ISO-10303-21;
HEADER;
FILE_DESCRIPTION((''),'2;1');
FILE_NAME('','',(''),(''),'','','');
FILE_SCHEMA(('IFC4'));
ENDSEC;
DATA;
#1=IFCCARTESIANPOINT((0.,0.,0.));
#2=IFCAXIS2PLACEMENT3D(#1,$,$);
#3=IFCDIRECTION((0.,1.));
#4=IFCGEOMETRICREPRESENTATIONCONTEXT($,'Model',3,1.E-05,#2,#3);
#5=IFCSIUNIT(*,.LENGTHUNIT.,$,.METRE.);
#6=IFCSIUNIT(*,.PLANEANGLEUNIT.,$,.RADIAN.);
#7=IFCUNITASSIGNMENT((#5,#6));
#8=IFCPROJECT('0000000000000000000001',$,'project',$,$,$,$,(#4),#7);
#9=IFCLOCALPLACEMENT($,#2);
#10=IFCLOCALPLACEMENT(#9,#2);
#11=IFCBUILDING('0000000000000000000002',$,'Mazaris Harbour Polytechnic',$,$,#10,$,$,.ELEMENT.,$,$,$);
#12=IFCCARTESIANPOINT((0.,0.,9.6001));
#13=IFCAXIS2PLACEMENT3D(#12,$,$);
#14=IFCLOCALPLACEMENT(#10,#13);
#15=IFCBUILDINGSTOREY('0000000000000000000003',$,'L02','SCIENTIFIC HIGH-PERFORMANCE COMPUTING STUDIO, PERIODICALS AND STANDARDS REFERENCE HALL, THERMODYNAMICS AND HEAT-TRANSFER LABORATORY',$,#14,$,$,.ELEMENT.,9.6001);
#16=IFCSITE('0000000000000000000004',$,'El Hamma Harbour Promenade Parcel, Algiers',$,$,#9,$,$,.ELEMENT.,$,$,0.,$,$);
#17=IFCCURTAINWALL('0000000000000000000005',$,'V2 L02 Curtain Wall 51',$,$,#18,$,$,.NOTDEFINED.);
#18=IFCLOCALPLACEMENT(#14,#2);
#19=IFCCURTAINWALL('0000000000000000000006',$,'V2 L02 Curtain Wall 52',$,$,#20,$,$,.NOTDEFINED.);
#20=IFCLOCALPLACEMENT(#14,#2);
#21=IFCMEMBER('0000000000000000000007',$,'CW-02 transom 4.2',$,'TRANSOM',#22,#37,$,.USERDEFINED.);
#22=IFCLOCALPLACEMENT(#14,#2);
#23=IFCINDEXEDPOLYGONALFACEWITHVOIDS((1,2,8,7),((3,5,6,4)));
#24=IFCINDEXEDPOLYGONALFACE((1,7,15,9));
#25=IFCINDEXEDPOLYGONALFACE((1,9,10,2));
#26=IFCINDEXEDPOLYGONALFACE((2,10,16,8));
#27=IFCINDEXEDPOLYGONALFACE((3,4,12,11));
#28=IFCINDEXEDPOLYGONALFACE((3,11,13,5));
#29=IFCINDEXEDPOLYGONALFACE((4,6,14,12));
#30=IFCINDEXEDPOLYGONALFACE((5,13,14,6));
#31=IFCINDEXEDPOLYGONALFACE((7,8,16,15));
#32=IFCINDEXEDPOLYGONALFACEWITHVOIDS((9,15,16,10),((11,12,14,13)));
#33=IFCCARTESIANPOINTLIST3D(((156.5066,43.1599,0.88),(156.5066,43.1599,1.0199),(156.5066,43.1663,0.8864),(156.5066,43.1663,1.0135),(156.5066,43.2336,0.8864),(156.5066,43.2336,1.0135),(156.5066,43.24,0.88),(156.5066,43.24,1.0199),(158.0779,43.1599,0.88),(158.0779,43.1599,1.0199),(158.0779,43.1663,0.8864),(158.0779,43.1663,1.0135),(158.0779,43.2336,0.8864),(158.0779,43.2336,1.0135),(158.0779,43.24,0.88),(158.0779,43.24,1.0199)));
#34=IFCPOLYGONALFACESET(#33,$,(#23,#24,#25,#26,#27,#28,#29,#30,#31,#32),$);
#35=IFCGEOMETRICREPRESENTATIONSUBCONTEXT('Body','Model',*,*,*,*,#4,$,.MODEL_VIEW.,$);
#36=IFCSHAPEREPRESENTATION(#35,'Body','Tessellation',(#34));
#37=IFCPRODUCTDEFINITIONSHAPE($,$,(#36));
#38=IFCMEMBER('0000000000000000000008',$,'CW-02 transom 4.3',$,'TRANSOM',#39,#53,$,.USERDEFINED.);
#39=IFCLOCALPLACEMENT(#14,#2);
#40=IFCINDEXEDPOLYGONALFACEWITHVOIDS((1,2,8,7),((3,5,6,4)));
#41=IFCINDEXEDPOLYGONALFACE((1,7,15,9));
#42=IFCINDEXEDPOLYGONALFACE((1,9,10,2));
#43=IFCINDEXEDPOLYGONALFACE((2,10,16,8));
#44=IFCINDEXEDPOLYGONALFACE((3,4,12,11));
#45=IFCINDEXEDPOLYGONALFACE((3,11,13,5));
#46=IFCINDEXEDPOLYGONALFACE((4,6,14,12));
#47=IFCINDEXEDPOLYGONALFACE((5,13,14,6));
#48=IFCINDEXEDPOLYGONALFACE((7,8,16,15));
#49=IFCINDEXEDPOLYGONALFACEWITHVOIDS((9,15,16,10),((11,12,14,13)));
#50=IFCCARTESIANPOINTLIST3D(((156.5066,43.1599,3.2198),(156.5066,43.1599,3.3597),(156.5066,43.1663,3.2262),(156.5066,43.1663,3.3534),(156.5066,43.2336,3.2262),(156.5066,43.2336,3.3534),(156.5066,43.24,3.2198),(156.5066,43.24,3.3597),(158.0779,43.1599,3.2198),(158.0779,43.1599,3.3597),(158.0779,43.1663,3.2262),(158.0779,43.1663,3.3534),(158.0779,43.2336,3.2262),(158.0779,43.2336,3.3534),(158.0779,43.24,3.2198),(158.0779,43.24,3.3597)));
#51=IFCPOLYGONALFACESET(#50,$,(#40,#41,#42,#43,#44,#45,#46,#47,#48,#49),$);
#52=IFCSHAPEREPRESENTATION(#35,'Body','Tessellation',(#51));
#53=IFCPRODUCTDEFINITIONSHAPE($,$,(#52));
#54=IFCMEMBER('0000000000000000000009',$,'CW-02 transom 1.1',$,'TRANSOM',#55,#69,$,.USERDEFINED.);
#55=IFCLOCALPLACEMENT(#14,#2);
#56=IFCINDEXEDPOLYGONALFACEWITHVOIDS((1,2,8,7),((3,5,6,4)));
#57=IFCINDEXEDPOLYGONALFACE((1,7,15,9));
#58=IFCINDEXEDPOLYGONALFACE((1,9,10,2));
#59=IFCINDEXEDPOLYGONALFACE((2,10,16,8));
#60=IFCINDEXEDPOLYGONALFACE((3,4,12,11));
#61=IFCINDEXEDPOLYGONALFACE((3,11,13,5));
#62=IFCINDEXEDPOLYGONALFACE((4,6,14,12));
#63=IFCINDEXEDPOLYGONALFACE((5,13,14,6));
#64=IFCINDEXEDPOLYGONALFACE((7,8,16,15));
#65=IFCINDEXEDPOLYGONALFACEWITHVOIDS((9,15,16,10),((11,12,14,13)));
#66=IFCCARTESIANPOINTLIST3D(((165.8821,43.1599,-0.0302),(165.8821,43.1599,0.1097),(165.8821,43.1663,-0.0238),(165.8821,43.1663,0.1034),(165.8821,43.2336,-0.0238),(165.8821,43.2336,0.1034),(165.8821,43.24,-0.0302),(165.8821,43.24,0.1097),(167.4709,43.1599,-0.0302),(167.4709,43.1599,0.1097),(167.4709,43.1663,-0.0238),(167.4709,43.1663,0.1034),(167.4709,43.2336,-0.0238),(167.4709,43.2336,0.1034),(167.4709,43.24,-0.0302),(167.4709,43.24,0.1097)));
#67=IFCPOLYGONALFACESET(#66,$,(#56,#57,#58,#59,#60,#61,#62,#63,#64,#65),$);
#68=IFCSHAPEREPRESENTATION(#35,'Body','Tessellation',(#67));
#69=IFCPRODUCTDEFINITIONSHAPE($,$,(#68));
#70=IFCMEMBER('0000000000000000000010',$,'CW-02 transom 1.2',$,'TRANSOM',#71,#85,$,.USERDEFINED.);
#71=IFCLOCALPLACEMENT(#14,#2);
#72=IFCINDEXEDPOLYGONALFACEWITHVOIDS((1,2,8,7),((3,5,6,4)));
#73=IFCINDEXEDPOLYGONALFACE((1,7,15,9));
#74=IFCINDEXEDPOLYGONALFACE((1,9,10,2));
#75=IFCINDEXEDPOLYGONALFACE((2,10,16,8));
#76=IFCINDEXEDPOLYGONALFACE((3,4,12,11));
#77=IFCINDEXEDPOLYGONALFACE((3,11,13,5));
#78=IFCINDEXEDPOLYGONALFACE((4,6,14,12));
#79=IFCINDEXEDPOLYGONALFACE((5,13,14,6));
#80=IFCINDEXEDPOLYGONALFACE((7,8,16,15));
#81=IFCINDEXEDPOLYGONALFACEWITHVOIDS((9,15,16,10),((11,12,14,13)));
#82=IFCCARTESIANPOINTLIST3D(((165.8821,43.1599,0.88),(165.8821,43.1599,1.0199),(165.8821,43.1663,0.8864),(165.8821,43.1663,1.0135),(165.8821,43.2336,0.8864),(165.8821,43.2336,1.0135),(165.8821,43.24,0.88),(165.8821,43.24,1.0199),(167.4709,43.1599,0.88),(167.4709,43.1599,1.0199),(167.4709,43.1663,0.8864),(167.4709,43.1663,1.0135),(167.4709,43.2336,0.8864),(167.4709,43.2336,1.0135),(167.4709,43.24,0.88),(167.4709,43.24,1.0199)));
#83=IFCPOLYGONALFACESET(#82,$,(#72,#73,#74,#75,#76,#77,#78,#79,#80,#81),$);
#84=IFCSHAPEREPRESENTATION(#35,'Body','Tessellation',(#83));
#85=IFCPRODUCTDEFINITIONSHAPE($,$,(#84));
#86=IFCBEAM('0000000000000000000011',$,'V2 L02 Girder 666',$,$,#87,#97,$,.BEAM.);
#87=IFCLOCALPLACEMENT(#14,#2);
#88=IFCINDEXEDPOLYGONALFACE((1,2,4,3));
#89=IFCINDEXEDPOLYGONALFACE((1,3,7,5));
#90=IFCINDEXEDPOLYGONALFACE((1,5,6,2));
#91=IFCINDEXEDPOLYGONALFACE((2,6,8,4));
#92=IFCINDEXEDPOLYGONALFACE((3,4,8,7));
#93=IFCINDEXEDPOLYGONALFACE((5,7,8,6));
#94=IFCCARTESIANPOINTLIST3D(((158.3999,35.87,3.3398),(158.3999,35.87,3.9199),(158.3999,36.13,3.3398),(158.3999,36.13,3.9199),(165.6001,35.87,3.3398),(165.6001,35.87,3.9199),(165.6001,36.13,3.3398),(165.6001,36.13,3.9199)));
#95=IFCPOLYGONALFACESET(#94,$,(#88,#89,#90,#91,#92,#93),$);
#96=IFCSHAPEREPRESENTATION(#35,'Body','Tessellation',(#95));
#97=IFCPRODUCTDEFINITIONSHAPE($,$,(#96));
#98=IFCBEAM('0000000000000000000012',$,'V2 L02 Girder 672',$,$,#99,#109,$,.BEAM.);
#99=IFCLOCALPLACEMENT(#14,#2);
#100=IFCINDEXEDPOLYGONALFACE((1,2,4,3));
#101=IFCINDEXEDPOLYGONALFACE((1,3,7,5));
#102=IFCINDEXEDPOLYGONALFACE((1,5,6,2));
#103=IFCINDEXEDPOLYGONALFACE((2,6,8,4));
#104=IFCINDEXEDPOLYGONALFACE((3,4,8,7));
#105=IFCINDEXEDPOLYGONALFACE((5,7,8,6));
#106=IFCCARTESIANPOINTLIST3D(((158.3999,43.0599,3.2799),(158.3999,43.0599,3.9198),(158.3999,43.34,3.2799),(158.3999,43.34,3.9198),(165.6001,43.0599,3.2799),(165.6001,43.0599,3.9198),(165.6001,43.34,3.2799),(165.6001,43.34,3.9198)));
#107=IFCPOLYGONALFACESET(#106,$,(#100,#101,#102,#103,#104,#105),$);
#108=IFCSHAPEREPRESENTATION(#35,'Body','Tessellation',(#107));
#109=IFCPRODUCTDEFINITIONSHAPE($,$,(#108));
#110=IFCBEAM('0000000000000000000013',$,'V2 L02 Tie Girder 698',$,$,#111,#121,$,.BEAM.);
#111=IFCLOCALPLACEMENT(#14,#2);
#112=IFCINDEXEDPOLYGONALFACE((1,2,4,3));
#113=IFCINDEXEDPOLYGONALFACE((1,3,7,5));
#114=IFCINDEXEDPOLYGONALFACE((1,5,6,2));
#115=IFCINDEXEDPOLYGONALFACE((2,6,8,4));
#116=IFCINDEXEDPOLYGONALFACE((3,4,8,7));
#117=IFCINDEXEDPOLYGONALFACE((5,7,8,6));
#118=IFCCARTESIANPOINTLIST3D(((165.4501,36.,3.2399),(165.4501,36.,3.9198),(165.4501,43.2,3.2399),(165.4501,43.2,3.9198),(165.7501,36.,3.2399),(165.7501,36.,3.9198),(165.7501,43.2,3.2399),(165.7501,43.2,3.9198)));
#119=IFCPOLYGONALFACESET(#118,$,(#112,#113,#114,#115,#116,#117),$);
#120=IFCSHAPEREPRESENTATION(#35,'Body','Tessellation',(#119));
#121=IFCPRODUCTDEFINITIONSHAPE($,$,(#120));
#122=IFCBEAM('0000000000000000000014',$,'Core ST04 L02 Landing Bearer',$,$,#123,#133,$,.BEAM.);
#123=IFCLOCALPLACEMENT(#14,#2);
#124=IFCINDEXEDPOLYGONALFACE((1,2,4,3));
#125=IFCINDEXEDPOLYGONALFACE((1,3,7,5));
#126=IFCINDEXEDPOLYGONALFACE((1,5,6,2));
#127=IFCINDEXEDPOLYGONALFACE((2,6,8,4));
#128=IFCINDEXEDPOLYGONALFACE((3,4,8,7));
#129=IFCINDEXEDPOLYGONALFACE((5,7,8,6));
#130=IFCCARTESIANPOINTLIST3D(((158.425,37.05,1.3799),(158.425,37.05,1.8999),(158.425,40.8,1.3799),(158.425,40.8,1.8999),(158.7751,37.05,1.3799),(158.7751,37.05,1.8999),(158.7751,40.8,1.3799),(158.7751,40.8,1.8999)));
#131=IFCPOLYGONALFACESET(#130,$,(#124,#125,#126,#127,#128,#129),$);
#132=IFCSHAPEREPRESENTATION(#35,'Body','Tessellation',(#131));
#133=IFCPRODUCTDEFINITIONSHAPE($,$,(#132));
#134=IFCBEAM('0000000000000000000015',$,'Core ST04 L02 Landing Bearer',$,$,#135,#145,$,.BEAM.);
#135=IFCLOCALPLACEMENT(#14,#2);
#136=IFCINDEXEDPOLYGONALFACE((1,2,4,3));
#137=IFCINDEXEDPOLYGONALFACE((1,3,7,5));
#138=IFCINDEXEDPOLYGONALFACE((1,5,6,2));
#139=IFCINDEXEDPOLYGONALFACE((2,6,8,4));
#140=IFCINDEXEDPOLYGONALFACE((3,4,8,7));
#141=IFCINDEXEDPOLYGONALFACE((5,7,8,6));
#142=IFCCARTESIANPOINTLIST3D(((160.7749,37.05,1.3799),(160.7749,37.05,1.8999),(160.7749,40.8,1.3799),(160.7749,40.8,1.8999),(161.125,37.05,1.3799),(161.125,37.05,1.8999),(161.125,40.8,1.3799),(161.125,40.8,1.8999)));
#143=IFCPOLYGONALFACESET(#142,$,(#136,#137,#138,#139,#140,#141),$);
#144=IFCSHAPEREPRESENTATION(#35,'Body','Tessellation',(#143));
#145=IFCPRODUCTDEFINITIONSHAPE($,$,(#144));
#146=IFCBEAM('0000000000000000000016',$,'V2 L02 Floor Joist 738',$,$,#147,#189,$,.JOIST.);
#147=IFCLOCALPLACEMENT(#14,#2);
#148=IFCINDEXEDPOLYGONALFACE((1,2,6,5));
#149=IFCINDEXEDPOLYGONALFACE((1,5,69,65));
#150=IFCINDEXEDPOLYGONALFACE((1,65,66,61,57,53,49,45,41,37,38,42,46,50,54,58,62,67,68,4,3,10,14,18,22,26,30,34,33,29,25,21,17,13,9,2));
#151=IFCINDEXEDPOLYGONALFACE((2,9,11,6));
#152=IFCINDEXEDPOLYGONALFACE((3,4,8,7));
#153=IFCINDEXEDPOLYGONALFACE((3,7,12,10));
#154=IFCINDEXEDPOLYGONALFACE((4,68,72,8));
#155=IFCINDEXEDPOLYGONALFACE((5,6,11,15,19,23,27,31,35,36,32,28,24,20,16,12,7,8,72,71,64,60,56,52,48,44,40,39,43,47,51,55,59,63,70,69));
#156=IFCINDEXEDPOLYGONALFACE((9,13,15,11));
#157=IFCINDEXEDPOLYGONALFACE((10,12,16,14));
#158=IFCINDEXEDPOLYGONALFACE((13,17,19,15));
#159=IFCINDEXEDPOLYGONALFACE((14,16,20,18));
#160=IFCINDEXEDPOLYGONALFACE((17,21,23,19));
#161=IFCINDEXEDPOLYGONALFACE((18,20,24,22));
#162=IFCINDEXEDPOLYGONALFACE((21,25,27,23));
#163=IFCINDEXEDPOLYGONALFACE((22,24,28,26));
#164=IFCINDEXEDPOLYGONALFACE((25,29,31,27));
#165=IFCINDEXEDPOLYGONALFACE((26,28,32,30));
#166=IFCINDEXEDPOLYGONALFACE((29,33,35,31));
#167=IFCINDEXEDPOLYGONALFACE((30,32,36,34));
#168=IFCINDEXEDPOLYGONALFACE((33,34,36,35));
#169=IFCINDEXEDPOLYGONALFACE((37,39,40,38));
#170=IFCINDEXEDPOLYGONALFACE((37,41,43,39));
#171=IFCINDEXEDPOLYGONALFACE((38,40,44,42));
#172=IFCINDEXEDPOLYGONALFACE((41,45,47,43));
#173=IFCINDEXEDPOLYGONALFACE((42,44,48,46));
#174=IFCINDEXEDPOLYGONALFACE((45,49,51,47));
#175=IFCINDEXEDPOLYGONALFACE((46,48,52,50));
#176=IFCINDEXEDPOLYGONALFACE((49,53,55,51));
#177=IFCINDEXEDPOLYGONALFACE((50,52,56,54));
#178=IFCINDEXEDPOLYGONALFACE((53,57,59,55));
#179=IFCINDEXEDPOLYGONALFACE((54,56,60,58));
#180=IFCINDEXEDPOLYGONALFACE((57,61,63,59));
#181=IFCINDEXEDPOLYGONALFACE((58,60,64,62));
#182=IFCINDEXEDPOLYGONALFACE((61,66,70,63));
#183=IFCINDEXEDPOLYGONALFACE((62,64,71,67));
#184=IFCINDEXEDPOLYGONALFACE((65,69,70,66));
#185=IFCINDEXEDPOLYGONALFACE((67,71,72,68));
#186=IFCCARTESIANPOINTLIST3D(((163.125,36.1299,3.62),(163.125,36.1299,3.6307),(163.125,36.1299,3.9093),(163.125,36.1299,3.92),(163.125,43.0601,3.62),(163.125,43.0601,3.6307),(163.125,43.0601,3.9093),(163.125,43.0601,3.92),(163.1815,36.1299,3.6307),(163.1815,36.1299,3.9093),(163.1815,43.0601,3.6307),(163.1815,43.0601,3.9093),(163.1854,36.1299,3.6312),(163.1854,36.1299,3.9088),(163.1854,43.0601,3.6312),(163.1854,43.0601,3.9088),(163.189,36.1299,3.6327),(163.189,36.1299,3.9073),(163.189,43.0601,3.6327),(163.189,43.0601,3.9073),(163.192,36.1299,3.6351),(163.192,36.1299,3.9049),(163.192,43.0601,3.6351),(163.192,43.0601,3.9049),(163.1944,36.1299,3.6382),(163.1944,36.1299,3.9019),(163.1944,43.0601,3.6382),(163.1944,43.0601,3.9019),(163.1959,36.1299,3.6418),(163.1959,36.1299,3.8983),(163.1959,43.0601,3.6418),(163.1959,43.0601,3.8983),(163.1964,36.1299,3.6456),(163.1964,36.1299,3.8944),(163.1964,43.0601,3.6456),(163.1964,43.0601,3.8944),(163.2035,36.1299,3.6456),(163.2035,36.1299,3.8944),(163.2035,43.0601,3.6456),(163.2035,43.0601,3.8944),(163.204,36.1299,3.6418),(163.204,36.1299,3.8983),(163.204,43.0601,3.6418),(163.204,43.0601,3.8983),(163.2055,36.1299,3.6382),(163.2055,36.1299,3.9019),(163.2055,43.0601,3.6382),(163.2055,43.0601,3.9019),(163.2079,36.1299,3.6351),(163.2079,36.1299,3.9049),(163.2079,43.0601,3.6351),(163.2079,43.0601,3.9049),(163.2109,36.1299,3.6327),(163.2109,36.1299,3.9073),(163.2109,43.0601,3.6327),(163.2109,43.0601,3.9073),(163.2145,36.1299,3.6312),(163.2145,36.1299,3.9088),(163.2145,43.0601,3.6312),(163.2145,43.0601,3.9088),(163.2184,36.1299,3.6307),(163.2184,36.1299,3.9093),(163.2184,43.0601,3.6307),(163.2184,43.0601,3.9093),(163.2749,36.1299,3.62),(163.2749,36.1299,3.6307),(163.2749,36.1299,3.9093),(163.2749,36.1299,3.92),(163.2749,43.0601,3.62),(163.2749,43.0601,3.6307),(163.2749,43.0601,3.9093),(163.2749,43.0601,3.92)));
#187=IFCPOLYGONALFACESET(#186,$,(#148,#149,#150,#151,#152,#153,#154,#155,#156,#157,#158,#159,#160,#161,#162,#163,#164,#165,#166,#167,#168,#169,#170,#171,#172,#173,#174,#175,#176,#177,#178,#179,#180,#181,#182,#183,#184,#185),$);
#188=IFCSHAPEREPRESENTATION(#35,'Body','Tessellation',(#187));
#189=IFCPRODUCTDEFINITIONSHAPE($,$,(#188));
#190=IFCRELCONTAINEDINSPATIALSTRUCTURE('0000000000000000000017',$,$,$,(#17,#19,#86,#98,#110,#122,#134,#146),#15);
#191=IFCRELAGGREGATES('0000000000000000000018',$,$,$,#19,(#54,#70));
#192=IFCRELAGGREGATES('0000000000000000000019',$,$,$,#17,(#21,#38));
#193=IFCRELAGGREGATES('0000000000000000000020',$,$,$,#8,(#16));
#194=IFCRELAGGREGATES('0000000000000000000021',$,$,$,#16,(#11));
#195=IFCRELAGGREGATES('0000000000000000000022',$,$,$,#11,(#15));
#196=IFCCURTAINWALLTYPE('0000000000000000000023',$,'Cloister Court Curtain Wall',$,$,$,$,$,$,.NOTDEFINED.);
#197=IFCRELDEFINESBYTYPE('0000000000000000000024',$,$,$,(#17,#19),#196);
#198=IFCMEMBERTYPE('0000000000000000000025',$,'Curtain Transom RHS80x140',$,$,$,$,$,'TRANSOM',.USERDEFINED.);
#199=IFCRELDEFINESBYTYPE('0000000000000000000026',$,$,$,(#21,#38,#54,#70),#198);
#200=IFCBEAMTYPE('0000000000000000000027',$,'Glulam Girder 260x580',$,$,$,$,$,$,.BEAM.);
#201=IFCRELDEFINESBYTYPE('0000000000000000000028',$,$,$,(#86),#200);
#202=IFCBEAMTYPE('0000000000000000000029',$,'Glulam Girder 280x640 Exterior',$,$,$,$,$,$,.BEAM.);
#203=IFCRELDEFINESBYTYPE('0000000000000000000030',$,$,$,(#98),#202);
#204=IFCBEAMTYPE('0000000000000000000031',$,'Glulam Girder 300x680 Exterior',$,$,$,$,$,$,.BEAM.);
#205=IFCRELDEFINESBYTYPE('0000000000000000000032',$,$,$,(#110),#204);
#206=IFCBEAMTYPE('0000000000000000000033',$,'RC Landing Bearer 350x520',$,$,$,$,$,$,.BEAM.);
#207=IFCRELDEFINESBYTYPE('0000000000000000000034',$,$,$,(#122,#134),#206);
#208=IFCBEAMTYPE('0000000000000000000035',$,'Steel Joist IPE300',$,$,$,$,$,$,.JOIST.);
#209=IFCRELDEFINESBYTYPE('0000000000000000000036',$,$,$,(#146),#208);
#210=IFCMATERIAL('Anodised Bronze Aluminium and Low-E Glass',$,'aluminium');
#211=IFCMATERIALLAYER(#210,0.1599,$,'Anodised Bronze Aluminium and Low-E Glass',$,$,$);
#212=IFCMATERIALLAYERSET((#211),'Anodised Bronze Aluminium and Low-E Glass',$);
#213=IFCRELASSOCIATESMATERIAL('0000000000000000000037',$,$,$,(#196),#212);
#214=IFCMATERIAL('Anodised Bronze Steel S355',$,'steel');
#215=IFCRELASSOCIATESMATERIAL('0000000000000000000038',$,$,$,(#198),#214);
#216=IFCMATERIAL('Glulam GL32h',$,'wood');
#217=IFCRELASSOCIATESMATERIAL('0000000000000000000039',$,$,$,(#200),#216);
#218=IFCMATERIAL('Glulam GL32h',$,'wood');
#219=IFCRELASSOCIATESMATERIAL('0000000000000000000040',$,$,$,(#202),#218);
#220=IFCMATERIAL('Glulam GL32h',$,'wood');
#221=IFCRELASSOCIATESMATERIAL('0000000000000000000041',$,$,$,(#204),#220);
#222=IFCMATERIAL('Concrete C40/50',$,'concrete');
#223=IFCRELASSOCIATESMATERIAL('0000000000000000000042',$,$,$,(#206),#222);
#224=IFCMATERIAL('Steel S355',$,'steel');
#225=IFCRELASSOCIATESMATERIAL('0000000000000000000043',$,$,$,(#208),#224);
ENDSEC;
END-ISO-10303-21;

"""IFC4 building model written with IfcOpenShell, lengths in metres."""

from ifc_helpers import new_model, si_unit, direction, frame, origin, origin_2d, place, context, subcontext, project, spatial, rectangle, hollow_rectangle, i_section, extrude, material, layer, layer_set, material_profile, profile_set, type_object, element, aggregate, save


model = new_model("IFC4")

# Units and contexts
model_context = context("Model", 3, precision=1e-05, world=origin(), true_north=direction((0.0, 1.0)))
body_context = subcontext(model_context, "Body", "Model", "MODEL_VIEW")
ifc_project = project(units=[si_unit("LENGTHUNIT", "METRE"), si_unit("PLANEANGLEUNIT", "RADIAN")], contexts=[model_context])

# Site, building, storey
site_placement = place(None, origin())
site = spatial("IfcSite", under=ifc_project, at=site_placement, Name="El Hamma Harbour Promenade Parcel, Algiers", CompositionType="ELEMENT", RefElevation=0.0)
building_placement = place(site_placement, origin())
building = spatial("IfcBuilding", under=site, at=building_placement, Name="Mazaris Harbour Polytechnic", CompositionType="ELEMENT")
storey_placement = place(building_placement, frame((0.0, 0.0, 9.6001)))
storey = spatial("IfcBuildingStorey", under=building, at=storey_placement, Name="L02", Description="SCIENTIFIC HIGH-PERFORMANCE COMPUTING STUDIO, PERIODICALS AND STANDARDS REFERENCE HALL, THERMODYNAMICS AND HEAT-TRANSFER LABORATORY", CompositionType="ELEMENT", Elevation=9.6001)

# Curtain wall
ifc_material_1 = material(Name="Anodised Bronze Aluminium and Low-E Glass", Category="aluminium")
ifc_layer_1 = layer(ifc_material_1, 0.1599, Name="Anodised Bronze Aluminium and Low-E Glass")
ifc_layer_set_1 = layer_set([ifc_layer_1], Name="Anodised Bronze Aluminium and Low-E Glass")
curtain_wall_type = type_object("IfcCurtainWallType", Name="Cloister Court Curtain Wall", PredefinedType="NOTDEFINED", material=ifc_layer_set_1)
curtain_wall_1_placement = place(storey_placement, origin())
curtain_wall_1 = element("IfcCurtainWall", 1, at=curtain_wall_1_placement, inside=storey, type_object=curtain_wall_type, Name="V2 L02 Curtain Wall 51", PredefinedType="NOTDEFINED")

# Curtain wall
curtain_wall_2_placement = place(storey_placement, origin())
curtain_wall_2 = element("IfcCurtainWall", 2, at=curtain_wall_2_placement, inside=storey, type_object=curtain_wall_type, Name="V2 L02 Curtain Wall 52", PredefinedType="NOTDEFINED")

# Members
ifc_material_2 = material(Name="Anodised Bronze Steel S355", Category="steel")
ifc_material_profile_1 = material_profile(ifc_material_2, hollow_rectangle(XDim=0.0801, YDim=0.1399, WallThickness=0.0063, at=origin_2d()), Name="RHS 80x140x6.3")
ifc_profile_set_1 = profile_set([ifc_material_profile_1], Name="Anodised Bronze Steel S355")
member_type_1 = type_object("IfcMemberType", Name="Curtain Transom RHS80x140", ElementType="TRANSOM", PredefinedType="USERDEFINED", material=ifc_profile_set_1)
member_1_placement = place(storey_placement, frame((156.5066, 43.2, 0.95), z_axis=(1.0, 0.0, 0.0), x_axis=(0.0, 1.0, 0.0)))
member_1 = element("IfcMember", 3, at=member_1_placement, type_object=member_type_1, Name="CW-02 transom 4.2", ObjectType="TRANSOM", PredefinedType="USERDEFINED", context=body_context, shape_type="SweptSolid", body=[
    extrude(hollow_rectangle(XDim=0.0801, YDim=0.1399, WallThickness=0.0063, at=origin_2d()), origin(), (0.0, 0.0, 1.0), 1.5713),
])
member_2_placement = place(storey_placement, frame((156.5066, 43.2, 3.2898), z_axis=(1.0, 0.0, 0.0), x_axis=(0.0, 1.0, 0.0)))
member_2 = element("IfcMember", 4, at=member_2_placement, type_object=member_type_1, Name="CW-02 transom 4.3", ObjectType="TRANSOM", PredefinedType="USERDEFINED", context=body_context, shape_type="SweptSolid", body=[
    extrude(hollow_rectangle(XDim=0.0801, YDim=0.1399, WallThickness=0.0063, at=origin_2d()), origin(), (0.0, 0.0, 1.0), 1.5713),
])
member_3_placement = place(storey_placement, frame((165.8821, 43.2, 0.0398), z_axis=(1.0, 0.0, 0.0), x_axis=(0.0, 1.0, 0.0)))
member_3 = element("IfcMember", 5, at=member_3_placement, type_object=member_type_1, Name="CW-02 transom 1.1", ObjectType="TRANSOM", PredefinedType="USERDEFINED", context=body_context, shape_type="SweptSolid", body=[
    extrude(hollow_rectangle(XDim=0.0801, YDim=0.1399, WallThickness=0.0063, at=origin_2d()), origin(), (0.0, 0.0, 1.0), 1.5889),
])
member_4_placement = place(storey_placement, frame((165.8821, 43.2, 0.95), z_axis=(1.0, 0.0, 0.0), x_axis=(0.0, 1.0, 0.0)))
member_4 = element("IfcMember", 6, at=member_4_placement, type_object=member_type_1, Name="CW-02 transom 1.2", ObjectType="TRANSOM", PredefinedType="USERDEFINED", context=body_context, shape_type="SweptSolid", body=[
    extrude(hollow_rectangle(XDim=0.0801, YDim=0.1399, WallThickness=0.0063, at=origin_2d()), origin(), (0.0, 0.0, 1.0), 1.5889),
])
aggregate(curtain_wall_2, [member_3, member_4])

# Beams
ifc_material_3 = material(Name="Glulam GL32h", Category="wood")
ifc_material_profile_2 = material_profile(ifc_material_3, rectangle(XDim=0.26, YDim=0.5801, at=origin_2d()), Name="RECT260x580")
ifc_profile_set_2 = profile_set([ifc_material_profile_2], Name="Glulam GL32h")
beam_type_1 = type_object("IfcBeamType", Name="Glulam Girder 260x580", PredefinedType="BEAM", material=ifc_profile_set_2)
beam_1_placement = place(storey_placement, frame((158.3999, 36.0, 3.6299), z_axis=(1.0, 0.0, 0.0), x_axis=(0.0, 1.0, 0.0)))
element("IfcBeam", 7, at=beam_1_placement, inside=storey, type_object=beam_type_1, Name="V2 L02 Girder 666", PredefinedType="BEAM", context=body_context, shape_type="SweptSolid", body=[
    extrude(rectangle(XDim=0.26, YDim=0.5801, at=origin_2d()), origin(), (0.0, 0.0, 1.0), 7.2002),
])
ifc_material_4 = material(Name="Glulam GL32h", Category="wood")
ifc_material_profile_3 = material_profile(ifc_material_4, rectangle(XDim=0.28, YDim=0.6399, at=origin_2d()), Name="RECT280x640")
ifc_profile_set_3 = profile_set([ifc_material_profile_3], Name="Glulam GL32h")
beam_type_2 = type_object("IfcBeamType", Name="Glulam Girder 280x640 Exterior", PredefinedType="BEAM", material=ifc_profile_set_3)
beam_2_placement = place(storey_placement, frame((158.3999, 43.2, 3.5999), z_axis=(1.0, 0.0, 0.0), x_axis=(0.0, 1.0, 0.0)))
element("IfcBeam", 8, at=beam_2_placement, inside=storey, type_object=beam_type_2, Name="V2 L02 Girder 672", PredefinedType="BEAM", context=body_context, shape_type="SweptSolid", body=[
    extrude(rectangle(XDim=0.28, YDim=0.6399, at=origin_2d()), origin(), (0.0, 0.0, 1.0), 7.2002),
])
ifc_material_5 = material(Name="Glulam GL32h", Category="wood")
ifc_material_profile_4 = material_profile(ifc_material_5, rectangle(XDim=0.3, YDim=0.6799, at=origin_2d()), Name="RECT300x680")
ifc_profile_set_4 = profile_set([ifc_material_profile_4], Name="Glulam GL32h")
beam_type_3 = type_object("IfcBeamType", Name="Glulam Girder 300x680 Exterior", PredefinedType="BEAM", material=ifc_profile_set_4)
beam_3_placement = place(storey_placement, frame((165.6001, 36.0, 3.5798), z_axis=(0.0, 1.0, 0.0), x_axis=(-1.0, 0.0, 0.0)))
element("IfcBeam", 9, at=beam_3_placement, inside=storey, type_object=beam_type_3, Name="V2 L02 Tie Girder 698", PredefinedType="BEAM", context=body_context, shape_type="SweptSolid", body=[
    extrude(rectangle(XDim=0.3, YDim=0.6799, at=origin_2d()), origin(), (0.0, 0.0, 1.0), 7.2),
])
ifc_material_6 = material(Name="Concrete C40/50", Category="concrete")
ifc_material_profile_5 = material_profile(ifc_material_6, rectangle(XDim=0.3501, YDim=0.52, at=origin_2d()), Name="RECT350x520")
ifc_profile_set_5 = profile_set([ifc_material_profile_5], Name="Concrete C40/50")
beam_type_4 = type_object("IfcBeamType", Name="RC Landing Bearer 350x520", PredefinedType="BEAM", material=ifc_profile_set_5)
for number, where, z_axis, x_axis, name in (
    (10, (158.6001, 37.05, 1.6399), (0.0, 1.0, 0.0), (-1.0, 0.0, 0.0), "Core ST04 L02 Landing Bearer"),
    (11, (160.95, 37.05, 1.6399), (0.0, 1.0, 0.0), (-1.0, 0.0, 0.0), "Core ST04 L02 Landing Bearer"),
):
    element("IfcBeam", number, at=place(storey_placement, frame(where, z_axis=z_axis, x_axis=x_axis)), inside=storey, type_object=beam_type_4, Name=name, PredefinedType="BEAM", context=body_context, shape_type="SweptSolid", body=[
        extrude(rectangle(XDim=0.3501, YDim=0.52, at=origin_2d()), origin(), (0.0, 0.0, 1.0), 3.75),
    ])
ifc_material_7 = material(Name="Steel S355", Category="steel")
ifc_material_profile_6 = material_profile(ifc_material_7, i_section(OverallWidth=0.1499, OverallDepth=0.3, WebThickness=0.0071, FlangeThickness=0.0107, FilletRadius=0.0149, at=origin_2d()), Name="IPE 300")
ifc_profile_set_6 = profile_set([ifc_material_profile_6], Name="Steel S355")
beam_type_5 = type_object("IfcBeamType", Name="Steel Joist IPE300", PredefinedType="JOIST", material=ifc_profile_set_6)
beam_4_placement = place(storey_placement, frame((163.2, 36.1299, 3.77), z_axis=(0.0, 1.0, 0.0), x_axis=(-1.0, 0.0, 0.0)))
element("IfcBeam", 12, at=beam_4_placement, inside=storey, type_object=beam_type_5, Name="V2 L02 Floor Joist 738", PredefinedType="JOIST", context=body_context, shape_type="SweptSolid", body=[
    extrude(i_section(OverallWidth=0.1499, OverallDepth=0.3, WebThickness=0.0071, FlangeThickness=0.0107, FilletRadius=0.0149, at=origin_2d()), origin(), (0.0, 0.0, 1.0), 6.9302),
])

aggregate(curtain_wall_1, [member_1, member_2])

save(model, "model.ifc")
